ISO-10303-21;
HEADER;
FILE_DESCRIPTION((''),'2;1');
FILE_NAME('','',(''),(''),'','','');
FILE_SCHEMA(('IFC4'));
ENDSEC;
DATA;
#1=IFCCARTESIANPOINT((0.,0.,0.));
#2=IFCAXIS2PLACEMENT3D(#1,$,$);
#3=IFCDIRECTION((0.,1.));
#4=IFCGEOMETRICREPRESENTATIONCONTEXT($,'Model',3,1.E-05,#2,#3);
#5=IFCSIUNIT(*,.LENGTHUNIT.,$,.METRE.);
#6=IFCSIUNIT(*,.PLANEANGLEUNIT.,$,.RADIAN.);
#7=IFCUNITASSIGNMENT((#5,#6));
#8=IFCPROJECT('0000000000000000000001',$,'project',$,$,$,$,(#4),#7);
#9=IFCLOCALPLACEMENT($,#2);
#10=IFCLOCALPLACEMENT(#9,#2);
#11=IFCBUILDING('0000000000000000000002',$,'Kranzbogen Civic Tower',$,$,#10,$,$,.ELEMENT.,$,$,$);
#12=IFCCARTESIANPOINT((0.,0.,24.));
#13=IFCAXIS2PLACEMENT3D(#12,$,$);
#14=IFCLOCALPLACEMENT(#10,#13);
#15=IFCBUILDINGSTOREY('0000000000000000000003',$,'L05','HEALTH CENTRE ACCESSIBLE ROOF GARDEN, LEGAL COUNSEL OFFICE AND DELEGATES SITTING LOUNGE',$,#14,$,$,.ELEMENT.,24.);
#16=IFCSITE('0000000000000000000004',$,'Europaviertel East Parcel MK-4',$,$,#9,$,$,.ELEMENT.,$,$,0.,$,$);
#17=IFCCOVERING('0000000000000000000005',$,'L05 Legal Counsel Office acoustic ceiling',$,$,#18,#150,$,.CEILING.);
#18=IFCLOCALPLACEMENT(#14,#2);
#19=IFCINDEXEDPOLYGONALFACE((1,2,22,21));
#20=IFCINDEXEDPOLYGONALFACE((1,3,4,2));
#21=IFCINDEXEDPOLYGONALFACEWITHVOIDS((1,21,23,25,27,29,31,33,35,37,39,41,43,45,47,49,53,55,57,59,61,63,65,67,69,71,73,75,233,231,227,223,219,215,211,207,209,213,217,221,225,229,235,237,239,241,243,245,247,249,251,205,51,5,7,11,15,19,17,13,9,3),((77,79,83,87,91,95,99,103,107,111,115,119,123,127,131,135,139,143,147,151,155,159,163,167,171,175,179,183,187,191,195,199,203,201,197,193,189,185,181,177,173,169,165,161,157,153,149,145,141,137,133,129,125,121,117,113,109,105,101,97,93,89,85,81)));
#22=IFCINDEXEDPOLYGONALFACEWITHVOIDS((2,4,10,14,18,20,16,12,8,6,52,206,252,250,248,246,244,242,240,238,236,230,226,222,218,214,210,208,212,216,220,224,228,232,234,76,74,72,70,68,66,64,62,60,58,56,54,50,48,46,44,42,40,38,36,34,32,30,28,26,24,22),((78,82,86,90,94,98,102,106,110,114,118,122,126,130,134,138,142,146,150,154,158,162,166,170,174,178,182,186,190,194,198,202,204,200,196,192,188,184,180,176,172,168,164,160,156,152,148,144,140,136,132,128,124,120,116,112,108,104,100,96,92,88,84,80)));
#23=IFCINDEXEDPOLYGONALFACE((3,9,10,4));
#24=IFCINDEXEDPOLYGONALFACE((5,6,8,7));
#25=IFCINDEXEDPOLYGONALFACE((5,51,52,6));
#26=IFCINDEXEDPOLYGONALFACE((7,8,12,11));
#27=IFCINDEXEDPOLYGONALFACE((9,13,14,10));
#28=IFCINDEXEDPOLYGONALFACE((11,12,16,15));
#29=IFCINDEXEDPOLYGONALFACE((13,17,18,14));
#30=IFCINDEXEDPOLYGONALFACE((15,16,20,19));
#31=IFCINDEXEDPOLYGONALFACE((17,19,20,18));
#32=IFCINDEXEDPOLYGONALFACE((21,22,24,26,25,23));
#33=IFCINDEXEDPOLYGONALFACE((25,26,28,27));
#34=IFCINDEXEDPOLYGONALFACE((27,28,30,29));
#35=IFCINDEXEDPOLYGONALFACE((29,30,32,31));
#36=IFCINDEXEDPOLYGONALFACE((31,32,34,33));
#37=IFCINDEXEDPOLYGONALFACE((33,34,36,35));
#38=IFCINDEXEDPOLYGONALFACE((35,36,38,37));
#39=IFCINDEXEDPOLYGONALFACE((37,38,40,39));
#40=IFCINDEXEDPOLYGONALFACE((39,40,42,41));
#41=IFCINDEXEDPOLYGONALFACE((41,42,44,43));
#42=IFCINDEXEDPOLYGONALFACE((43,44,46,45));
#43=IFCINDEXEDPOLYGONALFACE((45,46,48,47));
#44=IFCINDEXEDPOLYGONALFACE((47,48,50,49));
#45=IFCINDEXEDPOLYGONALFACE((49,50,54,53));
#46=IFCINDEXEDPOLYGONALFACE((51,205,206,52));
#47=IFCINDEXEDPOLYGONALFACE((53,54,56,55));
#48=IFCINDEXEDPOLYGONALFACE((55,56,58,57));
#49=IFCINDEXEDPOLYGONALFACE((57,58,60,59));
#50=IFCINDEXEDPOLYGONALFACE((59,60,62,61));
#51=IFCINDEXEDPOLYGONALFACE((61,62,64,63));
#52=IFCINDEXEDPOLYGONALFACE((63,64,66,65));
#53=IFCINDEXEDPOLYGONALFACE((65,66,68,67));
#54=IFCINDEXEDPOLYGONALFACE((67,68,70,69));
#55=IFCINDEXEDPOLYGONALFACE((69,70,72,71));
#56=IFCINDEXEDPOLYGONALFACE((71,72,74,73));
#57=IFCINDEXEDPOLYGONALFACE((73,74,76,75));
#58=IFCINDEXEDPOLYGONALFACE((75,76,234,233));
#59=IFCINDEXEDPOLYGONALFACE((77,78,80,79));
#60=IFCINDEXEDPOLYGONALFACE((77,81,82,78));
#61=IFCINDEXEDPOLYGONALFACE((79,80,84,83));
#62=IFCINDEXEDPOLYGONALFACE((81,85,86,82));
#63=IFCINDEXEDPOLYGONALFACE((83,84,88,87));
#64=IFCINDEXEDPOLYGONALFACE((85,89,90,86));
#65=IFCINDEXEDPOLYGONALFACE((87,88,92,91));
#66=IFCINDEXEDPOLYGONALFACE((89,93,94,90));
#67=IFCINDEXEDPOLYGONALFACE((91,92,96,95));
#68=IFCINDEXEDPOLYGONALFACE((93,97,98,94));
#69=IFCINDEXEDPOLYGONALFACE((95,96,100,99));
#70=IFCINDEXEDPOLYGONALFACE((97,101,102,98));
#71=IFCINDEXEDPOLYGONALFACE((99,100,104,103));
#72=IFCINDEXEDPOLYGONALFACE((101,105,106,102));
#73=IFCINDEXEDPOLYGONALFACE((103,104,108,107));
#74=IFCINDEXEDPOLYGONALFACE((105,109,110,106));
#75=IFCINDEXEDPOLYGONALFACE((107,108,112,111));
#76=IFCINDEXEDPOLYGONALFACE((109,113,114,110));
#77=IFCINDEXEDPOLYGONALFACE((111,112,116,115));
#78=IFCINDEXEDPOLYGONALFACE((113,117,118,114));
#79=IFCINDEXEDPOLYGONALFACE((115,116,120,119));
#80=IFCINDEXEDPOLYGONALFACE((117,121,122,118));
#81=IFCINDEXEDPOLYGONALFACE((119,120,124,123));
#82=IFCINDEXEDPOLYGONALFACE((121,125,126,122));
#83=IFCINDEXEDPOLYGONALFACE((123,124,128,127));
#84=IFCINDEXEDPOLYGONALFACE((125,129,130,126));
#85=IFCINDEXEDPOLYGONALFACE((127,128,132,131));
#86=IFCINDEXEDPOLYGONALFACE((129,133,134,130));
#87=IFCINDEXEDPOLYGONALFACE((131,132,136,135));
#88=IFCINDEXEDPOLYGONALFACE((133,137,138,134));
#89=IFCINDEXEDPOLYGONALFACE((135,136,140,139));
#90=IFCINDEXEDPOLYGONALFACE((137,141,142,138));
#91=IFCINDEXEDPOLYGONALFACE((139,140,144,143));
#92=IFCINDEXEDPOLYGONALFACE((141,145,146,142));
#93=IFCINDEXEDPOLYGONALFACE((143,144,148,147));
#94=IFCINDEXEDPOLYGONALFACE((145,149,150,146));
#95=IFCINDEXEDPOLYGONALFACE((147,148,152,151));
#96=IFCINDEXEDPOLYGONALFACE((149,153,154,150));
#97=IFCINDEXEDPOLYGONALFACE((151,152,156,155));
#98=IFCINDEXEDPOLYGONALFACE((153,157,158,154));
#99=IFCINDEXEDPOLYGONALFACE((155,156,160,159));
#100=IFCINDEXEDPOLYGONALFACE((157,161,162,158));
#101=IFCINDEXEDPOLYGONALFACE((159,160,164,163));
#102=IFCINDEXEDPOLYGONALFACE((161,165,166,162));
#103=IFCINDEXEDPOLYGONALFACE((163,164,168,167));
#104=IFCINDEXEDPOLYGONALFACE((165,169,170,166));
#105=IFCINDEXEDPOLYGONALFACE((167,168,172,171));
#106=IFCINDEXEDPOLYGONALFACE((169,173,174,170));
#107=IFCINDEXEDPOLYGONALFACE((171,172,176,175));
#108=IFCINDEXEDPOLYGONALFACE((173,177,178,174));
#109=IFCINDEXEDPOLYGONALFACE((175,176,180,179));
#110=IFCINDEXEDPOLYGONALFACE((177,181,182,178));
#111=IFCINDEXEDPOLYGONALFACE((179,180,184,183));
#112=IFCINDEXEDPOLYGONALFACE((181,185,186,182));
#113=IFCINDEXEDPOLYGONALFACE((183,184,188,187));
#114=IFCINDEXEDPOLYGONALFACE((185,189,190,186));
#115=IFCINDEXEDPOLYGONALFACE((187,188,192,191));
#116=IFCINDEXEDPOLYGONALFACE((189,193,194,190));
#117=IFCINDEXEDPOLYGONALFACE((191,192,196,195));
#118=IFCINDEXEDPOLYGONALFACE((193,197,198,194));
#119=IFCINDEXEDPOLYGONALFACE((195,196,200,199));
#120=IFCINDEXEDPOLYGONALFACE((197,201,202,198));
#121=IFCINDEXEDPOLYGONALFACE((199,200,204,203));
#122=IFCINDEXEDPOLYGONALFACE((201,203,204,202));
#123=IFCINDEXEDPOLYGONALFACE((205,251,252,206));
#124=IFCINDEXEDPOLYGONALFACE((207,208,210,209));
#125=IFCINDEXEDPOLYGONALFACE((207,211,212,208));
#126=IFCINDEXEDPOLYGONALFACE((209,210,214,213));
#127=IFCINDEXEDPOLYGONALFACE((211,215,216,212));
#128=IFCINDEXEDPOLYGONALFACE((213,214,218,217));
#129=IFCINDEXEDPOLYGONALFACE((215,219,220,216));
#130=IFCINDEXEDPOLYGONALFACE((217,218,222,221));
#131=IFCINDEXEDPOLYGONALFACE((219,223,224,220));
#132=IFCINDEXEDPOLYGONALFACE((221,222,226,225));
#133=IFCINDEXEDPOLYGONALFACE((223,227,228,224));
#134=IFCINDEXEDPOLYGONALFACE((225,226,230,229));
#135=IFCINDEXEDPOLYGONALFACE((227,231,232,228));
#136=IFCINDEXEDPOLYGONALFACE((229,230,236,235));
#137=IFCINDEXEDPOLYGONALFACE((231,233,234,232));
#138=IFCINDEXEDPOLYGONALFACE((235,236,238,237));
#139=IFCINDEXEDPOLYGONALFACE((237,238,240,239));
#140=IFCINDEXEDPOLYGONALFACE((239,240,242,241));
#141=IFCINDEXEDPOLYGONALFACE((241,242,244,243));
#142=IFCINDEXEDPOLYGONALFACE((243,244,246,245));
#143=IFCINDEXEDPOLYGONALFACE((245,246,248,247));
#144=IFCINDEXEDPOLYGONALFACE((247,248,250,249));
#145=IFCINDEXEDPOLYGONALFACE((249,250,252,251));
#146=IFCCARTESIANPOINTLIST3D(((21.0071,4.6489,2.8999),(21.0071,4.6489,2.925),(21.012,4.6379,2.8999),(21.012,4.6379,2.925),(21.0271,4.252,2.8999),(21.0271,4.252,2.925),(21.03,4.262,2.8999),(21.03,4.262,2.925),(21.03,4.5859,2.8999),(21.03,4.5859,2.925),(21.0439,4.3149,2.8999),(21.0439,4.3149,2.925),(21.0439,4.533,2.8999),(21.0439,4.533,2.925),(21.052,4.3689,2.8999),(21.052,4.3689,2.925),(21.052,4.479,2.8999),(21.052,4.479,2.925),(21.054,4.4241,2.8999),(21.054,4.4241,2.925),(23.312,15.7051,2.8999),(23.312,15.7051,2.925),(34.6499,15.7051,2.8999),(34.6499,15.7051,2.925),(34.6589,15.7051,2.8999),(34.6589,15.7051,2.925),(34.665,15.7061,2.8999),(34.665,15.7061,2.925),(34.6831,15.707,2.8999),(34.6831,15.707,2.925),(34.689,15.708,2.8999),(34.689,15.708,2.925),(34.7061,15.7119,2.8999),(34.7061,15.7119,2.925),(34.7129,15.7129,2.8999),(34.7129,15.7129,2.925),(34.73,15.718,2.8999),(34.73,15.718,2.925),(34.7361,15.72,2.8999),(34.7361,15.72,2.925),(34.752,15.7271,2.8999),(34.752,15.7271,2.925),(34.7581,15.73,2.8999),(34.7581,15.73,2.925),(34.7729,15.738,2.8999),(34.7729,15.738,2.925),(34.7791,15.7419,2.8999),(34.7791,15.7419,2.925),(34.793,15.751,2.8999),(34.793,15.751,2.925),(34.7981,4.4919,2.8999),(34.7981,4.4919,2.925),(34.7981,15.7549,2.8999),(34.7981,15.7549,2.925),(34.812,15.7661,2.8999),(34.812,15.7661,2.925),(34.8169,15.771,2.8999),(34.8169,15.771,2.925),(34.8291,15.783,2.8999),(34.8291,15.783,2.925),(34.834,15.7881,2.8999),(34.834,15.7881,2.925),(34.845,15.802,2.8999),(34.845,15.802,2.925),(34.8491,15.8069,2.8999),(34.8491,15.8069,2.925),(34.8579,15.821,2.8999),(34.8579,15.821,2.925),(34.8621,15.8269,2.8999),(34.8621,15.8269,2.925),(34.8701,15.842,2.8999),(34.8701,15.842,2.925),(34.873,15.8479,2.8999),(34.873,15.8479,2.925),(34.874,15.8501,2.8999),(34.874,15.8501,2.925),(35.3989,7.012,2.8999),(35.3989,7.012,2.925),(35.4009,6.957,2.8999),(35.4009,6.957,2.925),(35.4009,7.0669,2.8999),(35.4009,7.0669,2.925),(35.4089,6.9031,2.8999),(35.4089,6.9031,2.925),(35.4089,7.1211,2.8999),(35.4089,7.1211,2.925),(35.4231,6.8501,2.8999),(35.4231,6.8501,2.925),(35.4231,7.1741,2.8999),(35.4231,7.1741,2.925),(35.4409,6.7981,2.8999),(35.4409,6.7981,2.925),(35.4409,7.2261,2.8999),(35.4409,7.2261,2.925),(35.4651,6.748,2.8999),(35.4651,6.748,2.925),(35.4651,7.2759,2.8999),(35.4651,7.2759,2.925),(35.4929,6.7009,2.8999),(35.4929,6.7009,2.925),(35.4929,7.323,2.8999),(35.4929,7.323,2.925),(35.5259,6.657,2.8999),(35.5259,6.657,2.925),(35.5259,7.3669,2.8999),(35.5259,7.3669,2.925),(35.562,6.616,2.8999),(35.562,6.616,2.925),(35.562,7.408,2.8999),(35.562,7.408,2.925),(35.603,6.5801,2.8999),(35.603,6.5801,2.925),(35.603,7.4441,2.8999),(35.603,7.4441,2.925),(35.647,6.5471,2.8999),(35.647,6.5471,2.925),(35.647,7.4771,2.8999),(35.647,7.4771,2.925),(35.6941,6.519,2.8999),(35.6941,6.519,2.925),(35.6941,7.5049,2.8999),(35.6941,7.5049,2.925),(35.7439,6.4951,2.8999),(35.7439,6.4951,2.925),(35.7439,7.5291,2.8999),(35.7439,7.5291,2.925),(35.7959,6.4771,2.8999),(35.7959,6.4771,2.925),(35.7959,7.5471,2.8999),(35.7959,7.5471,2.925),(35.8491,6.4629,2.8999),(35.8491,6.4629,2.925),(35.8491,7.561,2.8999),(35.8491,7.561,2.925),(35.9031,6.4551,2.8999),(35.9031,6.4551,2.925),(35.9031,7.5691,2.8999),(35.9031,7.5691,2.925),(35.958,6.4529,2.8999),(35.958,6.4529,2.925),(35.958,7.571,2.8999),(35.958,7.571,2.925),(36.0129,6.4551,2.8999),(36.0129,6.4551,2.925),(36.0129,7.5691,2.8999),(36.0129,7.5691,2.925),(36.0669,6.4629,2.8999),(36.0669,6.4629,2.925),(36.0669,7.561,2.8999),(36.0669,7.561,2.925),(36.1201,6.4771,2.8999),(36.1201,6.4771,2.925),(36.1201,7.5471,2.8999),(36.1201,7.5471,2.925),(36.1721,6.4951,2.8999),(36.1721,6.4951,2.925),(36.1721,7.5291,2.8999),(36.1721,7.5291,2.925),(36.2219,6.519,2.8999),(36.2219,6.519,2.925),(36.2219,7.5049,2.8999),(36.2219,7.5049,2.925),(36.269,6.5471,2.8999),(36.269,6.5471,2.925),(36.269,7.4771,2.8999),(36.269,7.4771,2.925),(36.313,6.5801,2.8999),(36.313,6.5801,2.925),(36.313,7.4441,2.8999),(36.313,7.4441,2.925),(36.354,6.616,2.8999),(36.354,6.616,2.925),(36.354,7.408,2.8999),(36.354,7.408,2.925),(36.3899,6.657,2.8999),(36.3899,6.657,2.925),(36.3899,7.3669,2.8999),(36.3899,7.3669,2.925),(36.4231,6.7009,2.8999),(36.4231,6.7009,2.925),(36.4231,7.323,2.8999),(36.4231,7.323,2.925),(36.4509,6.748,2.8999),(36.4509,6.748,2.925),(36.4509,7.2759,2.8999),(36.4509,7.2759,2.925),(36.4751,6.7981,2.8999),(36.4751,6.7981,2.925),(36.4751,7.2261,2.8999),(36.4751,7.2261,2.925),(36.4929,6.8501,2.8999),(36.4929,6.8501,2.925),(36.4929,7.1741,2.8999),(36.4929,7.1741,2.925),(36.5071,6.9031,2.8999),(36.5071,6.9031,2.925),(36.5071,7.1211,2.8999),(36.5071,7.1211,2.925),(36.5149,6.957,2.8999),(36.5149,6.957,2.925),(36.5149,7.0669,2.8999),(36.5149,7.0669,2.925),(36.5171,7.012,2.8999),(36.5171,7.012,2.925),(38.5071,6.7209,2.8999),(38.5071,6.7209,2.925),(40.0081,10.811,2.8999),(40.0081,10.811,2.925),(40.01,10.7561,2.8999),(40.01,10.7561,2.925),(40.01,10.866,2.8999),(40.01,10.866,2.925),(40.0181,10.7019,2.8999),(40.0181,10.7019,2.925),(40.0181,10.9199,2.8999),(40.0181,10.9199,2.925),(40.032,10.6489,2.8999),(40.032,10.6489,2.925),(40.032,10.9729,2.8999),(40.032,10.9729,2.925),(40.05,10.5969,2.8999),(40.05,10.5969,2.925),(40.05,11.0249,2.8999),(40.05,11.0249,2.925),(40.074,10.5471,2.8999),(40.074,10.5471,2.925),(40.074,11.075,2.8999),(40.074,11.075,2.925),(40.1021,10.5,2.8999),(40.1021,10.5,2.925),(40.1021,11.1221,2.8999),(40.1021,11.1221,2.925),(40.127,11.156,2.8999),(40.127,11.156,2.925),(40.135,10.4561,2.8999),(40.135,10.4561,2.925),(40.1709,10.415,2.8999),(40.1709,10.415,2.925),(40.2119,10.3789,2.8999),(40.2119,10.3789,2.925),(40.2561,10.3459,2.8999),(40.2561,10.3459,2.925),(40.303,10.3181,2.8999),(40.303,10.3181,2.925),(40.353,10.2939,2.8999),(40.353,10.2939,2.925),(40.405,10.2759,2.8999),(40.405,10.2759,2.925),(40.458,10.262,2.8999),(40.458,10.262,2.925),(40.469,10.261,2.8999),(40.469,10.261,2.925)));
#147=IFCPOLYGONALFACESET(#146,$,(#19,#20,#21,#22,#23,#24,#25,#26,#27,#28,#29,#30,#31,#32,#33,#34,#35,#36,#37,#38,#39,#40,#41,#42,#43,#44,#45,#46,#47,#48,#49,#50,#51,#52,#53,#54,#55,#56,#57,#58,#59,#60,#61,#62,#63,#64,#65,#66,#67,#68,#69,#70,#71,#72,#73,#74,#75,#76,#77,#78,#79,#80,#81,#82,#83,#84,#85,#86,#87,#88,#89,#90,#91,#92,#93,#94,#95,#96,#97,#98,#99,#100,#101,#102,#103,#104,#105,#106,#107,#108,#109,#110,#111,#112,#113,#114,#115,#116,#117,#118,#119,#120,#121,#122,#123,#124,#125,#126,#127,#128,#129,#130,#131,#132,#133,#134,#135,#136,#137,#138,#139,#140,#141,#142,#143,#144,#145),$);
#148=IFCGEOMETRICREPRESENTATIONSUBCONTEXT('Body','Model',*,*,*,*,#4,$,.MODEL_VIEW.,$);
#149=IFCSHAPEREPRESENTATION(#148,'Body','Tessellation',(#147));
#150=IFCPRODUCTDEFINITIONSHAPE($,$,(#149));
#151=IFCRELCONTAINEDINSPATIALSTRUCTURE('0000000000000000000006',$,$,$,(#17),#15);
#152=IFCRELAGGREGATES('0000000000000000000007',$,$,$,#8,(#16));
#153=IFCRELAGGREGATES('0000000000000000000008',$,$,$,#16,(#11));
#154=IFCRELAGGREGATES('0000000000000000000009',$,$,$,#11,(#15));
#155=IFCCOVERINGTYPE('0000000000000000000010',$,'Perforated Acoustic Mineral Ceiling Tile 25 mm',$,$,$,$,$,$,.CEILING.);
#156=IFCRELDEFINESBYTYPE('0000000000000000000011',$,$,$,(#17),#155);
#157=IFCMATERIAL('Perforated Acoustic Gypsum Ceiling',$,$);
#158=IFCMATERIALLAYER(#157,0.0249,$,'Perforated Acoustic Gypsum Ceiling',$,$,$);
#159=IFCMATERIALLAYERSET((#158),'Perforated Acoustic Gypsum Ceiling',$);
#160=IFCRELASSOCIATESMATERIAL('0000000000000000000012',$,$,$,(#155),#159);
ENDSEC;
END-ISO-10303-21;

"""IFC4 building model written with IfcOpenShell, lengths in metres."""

from ifc_helpers import new_model, si_unit, direction, frame, origin, place, context, subcontext, project, spatial, polyline, outline, extrude, material, layer, layer_set, type_object, element, save


model = new_model("IFC4")

# Units and contexts
model_context = context("Model", 3, precision=1e-05, world=origin(), true_north=direction((0.0, 1.0)))
body_context = subcontext(model_context, "Body", "Model", "MODEL_VIEW")
ifc_project = project(units=[si_unit("LENGTHUNIT", "METRE"), si_unit("PLANEANGLEUNIT", "RADIAN")], contexts=[model_context])

# Site, building, storey
site_placement = place(None, origin())
site = spatial("IfcSite", under=ifc_project, at=site_placement, Name="Europaviertel East Parcel MK-4", CompositionType="ELEMENT", RefElevation=0.0)
building_placement = place(site_placement, origin())
building = spatial("IfcBuilding", under=site, at=building_placement, Name="Kranzbogen Civic Tower", CompositionType="ELEMENT")
storey_placement = place(building_placement, frame((0.0, 0.0, 24.0)))
storey = spatial("IfcBuildingStorey", under=building, at=storey_placement, Name="L05", Description="HEALTH CENTRE ACCESSIBLE ROOF GARDEN, LEGAL COUNSEL OFFICE AND DELEGATES SITTING LOUNGE", CompositionType="ELEMENT", Elevation=24.0)

# Covering
ifc_material_1 = material(Name="Perforated Acoustic Gypsum Ceiling")
ifc_layer_1 = layer(ifc_material_1, 0.0249, Name="Perforated Acoustic Gypsum Ceiling")
ifc_layer_set_1 = layer_set([ifc_layer_1], Name="Perforated Acoustic Gypsum Ceiling")
covering_type_1 = type_object("IfcCoveringType", Name="Perforated Acoustic Mineral Ceiling Tile 25 mm", PredefinedType="CEILING", material=ifc_layer_set_1)
covering_1_placement = place(storey_placement, frame((0.0, 0.0, 2.8999)))
element("IfcCovering", 1, at=covering_1_placement, inside=storey, type_object=covering_type_1, Name="L05 Legal Counsel Office acoustic ceiling", PredefinedType="CEILING", context=body_context, shape_type="SweptSolid", body=[
    extrude(outline(polyline([(40.127, 11.156), (40.1021, 11.1221), (40.074, 11.075), (40.05, 11.0249), (40.032, 10.9729), (40.0181, 10.9199), (40.01, 10.866), (40.0081, 10.811), (40.01, 10.7561), (40.0181, 10.7019), (40.032, 10.6489), (40.05, 10.5969), (40.074, 10.5471), (40.1021, 10.5), (40.135, 10.4561), (40.1709, 10.415), (40.2119, 10.3789), (40.2561, 10.3459), (40.303, 10.3181), (40.353, 10.2939), (40.405, 10.2759), (40.458, 10.262), (40.469, 10.261), (38.5071, 6.7209), (34.7981, 4.4919), (21.0271, 4.252), (21.03, 4.262), (21.0439, 4.3149), (21.052, 4.3689), (21.054, 4.4241), (21.052, 4.479), (21.0439, 4.533), (21.03, 4.5859), (21.012, 4.6379), (21.0071, 4.6489), (23.312, 15.7051), (34.6499, 15.7051), (34.6589, 15.7051), (34.665, 15.7061), (34.6831, 15.707), (34.689, 15.708), (34.7061, 15.7119), (34.7129, 15.7129), (34.73, 15.718), (34.7361, 15.72), (34.752, 15.7271), (34.7581, 15.73), (34.7729, 15.738), (34.7791, 15.7419), (34.793, 15.751), (34.7981, 15.7549), (34.812, 15.7661), (34.8169, 15.771), (34.8291, 15.783), (34.834, 15.7881), (34.845, 15.802), (34.8491, 15.8069), (34.8579, 15.821), (34.8621, 15.8269), (34.8701, 15.842), (34.873, 15.8479), (34.874, 15.8501), (40.127, 11.156)]), holes=[polyline([(36.4751, 6.7981), (36.4509, 6.748), (36.4231, 6.7009), (36.3899, 6.657), (36.354, 6.616), (36.313, 6.5801), (36.269, 6.5471), (36.2219, 6.519), (36.1721, 6.4951), (36.1201, 6.4771), (36.0669, 6.4629), (36.0129, 6.4551), (35.958, 6.4529), (35.9031, 6.4551), (35.8491, 6.4629), (35.7959, 6.4771), (35.7439, 6.4951), (35.6941, 6.519), (35.647, 6.5471), (35.603, 6.5801), (35.562, 6.616), (35.5259, 6.657), (35.4929, 6.7009), (35.4651, 6.748), (35.4409, 6.7981), (35.4231, 6.8501), (35.4089, 6.9031), (35.4009, 6.957), (35.3989, 7.012), (35.4009, 7.0669), (35.4089, 7.1211), (35.4231, 7.1741), (35.4409, 7.2261), (35.4651, 7.2759), (35.4929, 7.323), (35.5259, 7.3669), (35.562, 7.408), (35.603, 7.4441), (35.647, 7.4771), (35.6941, 7.5049), (35.7439, 7.5291), (35.7959, 7.5471), (35.8491, 7.561), (35.9031, 7.5691), (35.958, 7.571), (36.0129, 7.5691), (36.0669, 7.561), (36.1201, 7.5471), (36.1721, 7.5291), (36.2219, 7.5049), (36.269, 7.4771), (36.313, 7.4441), (36.354, 7.408), (36.3899, 7.3669), (36.4231, 7.323), (36.4509, 7.2759), (36.4751, 7.2261), (36.4929, 7.1741), (36.5071, 7.1211), (36.5149, 7.0669), (36.5171, 7.012), (36.5149, 6.957), (36.5071, 6.9031), (36.4929, 6.8501), (36.4751, 6.7981)])]), origin(), (0.0, 0.0, 1.0), 0.0251),
])

save(model, "model.ifc")
